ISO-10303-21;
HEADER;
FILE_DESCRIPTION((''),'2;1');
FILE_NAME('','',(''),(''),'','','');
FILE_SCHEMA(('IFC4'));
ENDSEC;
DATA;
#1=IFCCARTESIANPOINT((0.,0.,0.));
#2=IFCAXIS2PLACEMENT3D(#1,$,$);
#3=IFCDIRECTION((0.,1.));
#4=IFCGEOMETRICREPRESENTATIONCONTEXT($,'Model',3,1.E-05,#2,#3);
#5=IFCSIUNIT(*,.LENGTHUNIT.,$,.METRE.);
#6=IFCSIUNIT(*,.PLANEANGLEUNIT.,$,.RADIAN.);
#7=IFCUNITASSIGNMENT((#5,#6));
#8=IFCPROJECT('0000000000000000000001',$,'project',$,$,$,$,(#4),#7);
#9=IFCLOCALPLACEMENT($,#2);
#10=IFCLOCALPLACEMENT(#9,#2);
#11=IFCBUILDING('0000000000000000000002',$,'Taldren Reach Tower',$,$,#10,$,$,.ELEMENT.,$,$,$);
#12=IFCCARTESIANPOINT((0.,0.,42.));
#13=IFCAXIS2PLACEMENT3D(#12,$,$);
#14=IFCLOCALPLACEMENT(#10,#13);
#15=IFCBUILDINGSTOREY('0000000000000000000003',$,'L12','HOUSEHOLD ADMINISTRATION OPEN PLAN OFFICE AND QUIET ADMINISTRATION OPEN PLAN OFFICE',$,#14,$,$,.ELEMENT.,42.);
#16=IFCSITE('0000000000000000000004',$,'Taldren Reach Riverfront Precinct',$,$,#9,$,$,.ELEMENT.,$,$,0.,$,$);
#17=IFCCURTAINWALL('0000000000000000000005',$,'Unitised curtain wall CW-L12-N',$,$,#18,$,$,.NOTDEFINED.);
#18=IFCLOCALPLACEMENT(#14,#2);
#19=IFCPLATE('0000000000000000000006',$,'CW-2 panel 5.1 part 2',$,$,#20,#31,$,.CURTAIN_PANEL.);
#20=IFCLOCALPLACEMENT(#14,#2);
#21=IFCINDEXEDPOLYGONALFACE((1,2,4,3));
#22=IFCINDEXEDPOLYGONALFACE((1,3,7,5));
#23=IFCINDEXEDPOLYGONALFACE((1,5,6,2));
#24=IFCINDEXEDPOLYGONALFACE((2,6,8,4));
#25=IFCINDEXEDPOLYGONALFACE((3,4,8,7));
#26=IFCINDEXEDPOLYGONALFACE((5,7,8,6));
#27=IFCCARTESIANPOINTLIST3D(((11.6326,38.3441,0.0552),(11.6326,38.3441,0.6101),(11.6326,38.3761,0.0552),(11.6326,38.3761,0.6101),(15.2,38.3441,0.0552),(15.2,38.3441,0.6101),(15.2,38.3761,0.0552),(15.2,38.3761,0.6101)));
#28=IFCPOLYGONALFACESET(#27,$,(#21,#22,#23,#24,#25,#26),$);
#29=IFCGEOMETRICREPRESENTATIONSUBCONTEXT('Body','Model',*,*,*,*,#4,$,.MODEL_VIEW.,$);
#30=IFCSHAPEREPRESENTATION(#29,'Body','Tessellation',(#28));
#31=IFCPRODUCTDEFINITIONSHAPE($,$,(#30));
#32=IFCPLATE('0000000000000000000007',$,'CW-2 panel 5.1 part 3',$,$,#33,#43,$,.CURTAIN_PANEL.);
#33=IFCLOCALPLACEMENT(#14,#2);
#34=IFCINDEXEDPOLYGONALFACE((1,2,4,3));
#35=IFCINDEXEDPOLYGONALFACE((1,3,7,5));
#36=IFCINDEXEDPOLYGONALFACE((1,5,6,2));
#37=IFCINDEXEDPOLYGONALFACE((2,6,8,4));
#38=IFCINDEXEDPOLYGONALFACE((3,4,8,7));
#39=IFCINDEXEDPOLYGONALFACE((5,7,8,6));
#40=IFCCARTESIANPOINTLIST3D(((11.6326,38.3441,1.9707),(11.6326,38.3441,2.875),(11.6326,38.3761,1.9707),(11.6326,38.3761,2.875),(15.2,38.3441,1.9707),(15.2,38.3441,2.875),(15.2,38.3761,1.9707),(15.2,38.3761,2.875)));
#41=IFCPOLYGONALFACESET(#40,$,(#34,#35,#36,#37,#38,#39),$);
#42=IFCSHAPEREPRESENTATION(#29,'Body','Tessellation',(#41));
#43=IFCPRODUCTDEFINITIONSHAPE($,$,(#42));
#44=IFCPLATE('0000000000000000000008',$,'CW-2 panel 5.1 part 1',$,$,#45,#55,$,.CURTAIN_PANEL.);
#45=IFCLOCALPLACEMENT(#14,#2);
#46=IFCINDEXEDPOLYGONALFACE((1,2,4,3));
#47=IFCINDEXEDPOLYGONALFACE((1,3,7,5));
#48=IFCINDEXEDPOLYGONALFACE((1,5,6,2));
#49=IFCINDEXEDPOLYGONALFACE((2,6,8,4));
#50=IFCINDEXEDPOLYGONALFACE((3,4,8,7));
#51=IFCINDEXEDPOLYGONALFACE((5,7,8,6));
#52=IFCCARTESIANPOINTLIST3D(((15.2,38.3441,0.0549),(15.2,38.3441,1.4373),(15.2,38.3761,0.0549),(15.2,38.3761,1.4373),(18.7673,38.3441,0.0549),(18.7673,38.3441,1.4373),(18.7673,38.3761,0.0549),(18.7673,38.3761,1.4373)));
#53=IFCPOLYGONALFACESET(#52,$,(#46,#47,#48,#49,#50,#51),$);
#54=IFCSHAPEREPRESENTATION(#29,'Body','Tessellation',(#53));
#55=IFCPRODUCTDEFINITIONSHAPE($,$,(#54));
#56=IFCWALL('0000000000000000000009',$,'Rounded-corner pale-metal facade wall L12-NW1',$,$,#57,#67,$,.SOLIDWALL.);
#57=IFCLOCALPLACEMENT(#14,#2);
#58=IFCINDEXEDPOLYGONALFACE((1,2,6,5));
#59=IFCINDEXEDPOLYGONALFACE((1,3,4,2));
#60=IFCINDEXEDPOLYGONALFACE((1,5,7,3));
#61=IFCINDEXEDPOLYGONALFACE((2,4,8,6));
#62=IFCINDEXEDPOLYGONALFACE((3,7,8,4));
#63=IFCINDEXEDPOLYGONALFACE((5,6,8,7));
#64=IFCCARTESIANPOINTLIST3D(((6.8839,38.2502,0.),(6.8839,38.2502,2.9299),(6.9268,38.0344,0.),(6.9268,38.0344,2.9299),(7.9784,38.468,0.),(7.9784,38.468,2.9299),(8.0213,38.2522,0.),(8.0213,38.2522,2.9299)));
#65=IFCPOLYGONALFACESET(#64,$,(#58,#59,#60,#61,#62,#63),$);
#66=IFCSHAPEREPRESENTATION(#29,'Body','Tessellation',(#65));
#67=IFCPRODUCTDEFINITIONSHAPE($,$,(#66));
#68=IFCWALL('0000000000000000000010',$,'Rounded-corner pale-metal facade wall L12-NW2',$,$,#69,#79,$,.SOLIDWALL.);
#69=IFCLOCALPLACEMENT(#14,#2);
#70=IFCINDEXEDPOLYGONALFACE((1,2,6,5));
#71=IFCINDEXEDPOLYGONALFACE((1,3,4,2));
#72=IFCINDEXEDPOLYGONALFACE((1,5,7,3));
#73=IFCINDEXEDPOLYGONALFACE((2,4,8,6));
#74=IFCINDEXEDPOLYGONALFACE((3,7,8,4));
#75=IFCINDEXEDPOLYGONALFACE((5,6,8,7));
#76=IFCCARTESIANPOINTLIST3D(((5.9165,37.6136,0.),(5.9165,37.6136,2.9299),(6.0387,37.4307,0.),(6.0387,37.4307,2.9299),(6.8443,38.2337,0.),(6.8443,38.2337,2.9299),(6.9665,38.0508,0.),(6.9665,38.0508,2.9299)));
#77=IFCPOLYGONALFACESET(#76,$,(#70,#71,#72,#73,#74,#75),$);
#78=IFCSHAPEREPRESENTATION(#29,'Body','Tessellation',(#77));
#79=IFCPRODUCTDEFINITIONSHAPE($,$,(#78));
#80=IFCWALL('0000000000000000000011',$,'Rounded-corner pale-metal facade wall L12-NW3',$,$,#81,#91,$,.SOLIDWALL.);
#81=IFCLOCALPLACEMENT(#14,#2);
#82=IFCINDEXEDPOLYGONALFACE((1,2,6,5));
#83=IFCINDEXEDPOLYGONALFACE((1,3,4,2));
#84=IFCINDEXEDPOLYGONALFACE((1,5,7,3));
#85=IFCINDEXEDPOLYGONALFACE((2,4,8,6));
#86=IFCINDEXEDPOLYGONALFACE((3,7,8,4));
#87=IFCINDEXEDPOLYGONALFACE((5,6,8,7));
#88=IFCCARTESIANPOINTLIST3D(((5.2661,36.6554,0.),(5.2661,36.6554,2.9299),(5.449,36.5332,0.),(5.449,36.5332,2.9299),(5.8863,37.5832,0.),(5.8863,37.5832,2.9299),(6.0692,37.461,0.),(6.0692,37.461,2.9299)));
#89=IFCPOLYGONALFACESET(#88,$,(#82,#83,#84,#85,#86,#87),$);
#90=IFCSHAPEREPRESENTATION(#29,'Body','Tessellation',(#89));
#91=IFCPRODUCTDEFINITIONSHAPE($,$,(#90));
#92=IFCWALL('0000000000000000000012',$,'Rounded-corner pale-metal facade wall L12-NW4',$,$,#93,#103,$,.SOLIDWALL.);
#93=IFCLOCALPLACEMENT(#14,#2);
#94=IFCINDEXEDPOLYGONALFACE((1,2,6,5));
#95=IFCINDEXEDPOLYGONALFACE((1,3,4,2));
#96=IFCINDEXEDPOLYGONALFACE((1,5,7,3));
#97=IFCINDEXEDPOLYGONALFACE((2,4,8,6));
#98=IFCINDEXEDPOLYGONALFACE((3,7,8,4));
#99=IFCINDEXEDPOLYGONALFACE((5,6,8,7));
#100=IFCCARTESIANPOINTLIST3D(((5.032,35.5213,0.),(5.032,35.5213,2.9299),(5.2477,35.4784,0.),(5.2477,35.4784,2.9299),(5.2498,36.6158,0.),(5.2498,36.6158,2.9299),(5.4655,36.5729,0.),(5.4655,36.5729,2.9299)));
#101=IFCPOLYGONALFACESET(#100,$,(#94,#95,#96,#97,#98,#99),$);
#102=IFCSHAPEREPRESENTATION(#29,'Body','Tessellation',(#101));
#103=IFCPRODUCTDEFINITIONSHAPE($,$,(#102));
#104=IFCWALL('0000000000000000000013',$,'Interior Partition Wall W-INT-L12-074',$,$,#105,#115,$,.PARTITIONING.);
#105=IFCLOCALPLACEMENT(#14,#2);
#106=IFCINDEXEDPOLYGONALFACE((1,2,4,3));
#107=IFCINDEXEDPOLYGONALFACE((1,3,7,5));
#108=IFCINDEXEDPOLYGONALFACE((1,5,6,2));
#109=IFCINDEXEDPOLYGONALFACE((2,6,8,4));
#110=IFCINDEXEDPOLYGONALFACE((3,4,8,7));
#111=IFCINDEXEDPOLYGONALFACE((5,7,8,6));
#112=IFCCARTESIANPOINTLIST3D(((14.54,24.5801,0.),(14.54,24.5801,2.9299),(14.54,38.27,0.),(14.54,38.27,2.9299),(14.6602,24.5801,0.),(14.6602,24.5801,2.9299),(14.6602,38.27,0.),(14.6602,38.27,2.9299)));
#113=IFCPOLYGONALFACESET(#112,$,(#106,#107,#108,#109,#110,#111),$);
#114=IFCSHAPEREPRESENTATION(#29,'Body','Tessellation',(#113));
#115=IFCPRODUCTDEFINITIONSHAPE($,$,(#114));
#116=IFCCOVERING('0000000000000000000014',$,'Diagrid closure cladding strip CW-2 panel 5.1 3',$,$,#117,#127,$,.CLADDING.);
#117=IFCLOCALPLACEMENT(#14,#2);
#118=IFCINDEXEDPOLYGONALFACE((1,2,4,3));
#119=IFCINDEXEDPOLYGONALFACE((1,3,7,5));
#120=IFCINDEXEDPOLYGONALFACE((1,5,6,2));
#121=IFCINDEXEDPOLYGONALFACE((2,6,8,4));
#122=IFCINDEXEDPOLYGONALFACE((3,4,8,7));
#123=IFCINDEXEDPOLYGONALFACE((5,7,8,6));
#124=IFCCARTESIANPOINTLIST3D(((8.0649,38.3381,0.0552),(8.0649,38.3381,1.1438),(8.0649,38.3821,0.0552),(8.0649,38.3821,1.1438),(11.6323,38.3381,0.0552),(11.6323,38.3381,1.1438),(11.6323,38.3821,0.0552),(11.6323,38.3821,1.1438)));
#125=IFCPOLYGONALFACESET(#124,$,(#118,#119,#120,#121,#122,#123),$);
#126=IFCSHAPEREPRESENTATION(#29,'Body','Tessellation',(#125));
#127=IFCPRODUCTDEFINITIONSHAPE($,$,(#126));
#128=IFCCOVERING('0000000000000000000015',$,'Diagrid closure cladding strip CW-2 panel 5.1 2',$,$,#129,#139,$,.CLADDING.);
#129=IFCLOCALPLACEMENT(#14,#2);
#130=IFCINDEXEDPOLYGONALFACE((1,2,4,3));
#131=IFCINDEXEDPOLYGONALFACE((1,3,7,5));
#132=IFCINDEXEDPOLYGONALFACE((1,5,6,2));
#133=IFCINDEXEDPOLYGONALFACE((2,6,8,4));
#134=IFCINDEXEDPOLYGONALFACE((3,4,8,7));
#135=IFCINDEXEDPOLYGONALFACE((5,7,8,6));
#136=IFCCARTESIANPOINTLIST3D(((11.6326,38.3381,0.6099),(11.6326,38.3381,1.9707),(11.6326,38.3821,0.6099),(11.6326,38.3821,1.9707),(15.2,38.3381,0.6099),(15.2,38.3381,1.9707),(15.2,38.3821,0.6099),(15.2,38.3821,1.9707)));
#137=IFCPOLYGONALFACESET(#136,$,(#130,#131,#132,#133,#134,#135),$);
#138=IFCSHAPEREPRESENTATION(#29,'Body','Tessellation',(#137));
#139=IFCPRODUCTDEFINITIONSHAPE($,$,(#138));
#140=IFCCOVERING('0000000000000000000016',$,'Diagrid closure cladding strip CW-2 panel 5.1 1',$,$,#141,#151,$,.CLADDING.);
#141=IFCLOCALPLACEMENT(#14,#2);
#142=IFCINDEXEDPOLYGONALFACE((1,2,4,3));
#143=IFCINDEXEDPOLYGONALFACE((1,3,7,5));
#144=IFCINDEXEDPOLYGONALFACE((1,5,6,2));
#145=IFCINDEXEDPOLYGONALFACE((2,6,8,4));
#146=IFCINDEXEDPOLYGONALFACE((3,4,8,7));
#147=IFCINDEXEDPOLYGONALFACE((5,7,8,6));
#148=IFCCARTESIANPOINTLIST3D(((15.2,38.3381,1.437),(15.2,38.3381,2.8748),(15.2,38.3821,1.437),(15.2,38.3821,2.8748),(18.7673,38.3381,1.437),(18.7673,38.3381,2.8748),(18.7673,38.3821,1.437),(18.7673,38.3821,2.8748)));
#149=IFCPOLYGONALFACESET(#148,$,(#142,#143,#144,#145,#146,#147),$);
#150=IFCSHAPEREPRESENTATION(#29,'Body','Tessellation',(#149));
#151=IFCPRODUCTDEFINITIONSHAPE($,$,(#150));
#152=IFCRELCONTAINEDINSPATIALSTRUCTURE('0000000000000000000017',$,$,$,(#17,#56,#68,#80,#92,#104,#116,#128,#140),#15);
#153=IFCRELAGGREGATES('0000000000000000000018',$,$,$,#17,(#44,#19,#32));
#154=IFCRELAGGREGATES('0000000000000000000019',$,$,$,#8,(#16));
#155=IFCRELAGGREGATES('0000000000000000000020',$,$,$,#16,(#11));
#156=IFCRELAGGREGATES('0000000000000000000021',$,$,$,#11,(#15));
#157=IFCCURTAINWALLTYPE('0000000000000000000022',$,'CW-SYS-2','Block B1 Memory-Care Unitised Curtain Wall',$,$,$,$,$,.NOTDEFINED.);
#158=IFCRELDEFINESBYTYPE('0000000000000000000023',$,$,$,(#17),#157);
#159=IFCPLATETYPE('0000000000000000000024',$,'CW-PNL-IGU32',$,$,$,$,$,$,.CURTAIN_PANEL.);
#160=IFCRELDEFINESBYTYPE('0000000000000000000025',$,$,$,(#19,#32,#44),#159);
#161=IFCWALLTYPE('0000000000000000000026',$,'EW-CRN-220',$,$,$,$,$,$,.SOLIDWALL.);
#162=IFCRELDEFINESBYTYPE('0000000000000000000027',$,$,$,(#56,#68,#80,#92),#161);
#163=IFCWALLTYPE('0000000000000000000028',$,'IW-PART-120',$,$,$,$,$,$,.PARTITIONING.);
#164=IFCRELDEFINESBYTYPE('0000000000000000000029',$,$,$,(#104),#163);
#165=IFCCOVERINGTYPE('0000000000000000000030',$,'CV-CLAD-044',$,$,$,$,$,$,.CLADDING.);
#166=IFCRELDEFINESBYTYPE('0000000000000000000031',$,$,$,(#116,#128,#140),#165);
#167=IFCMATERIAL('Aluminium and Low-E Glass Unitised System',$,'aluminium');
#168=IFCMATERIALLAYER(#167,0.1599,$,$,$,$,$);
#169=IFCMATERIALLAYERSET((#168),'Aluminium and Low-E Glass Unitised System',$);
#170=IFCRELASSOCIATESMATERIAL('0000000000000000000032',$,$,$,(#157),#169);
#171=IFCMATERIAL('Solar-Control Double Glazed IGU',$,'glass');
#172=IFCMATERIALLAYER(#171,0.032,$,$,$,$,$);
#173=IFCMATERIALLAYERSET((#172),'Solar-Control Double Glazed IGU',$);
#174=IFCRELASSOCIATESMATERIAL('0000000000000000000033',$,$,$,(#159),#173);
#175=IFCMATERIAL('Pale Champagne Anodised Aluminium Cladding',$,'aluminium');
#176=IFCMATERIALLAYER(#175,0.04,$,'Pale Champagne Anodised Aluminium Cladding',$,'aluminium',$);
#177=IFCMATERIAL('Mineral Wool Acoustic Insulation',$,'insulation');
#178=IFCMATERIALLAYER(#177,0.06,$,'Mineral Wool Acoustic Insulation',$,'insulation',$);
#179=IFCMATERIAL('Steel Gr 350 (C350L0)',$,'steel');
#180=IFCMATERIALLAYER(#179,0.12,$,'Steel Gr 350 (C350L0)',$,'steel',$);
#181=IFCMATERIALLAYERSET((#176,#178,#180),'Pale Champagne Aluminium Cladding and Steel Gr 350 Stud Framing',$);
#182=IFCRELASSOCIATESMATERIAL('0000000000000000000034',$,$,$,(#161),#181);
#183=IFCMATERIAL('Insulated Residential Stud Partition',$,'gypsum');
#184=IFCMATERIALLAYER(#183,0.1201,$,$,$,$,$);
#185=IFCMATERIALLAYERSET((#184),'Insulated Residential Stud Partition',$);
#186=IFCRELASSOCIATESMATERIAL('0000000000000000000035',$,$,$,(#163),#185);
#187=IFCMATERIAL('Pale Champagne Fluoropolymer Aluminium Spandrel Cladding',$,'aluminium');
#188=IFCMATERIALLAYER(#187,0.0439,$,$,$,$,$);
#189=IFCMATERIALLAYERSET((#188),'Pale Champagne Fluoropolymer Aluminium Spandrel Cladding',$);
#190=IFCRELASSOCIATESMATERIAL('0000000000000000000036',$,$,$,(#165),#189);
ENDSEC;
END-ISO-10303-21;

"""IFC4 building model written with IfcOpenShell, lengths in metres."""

from ifc_helpers import new_model, si_unit, direction, frame, frame_2d, origin, origin_2d, place, context, subcontext, project, spatial, rectangle, extrude, source, transform, mapped, material, layer, layer_set, type_object, element, aggregate, save


model = new_model("IFC4")

# Units and contexts
model_context = context("Model", 3, precision=1e-05, world=origin(), true_north=direction((0.0, 1.0)))
body_context = subcontext(model_context, "Body", "Model", "MODEL_VIEW")
ifc_project = project(units=[si_unit("LENGTHUNIT", "METRE"), si_unit("PLANEANGLEUNIT", "RADIAN")], contexts=[model_context])

# Site, building, storey
site_placement = place(None, origin())
site = spatial("IfcSite", under=ifc_project, at=site_placement, Name="Taldren Reach Riverfront Precinct", CompositionType="ELEMENT", RefElevation=0.0)
building_placement = place(site_placement, origin())
building = spatial("IfcBuilding", under=site, at=building_placement, Name="Taldren Reach Tower", CompositionType="ELEMENT")
storey_placement = place(building_placement, frame((0.0, 0.0, 42.0)))
storey = spatial("IfcBuildingStorey", under=building, at=storey_placement, Name="L12", Description="HOUSEHOLD ADMINISTRATION OPEN PLAN OFFICE AND QUIET ADMINISTRATION OPEN PLAN OFFICE", CompositionType="ELEMENT", Elevation=42.0)

# Shared definitions
ifc_material_1 = material(Name="Steel Gr 350 (C350L0)", Category="steel")

# Curtain wall
ifc_material_2 = material(Name="Aluminium and Low-E Glass Unitised System", Category="aluminium")
ifc_layer_1 = layer(ifc_material_2, 0.1599)
ifc_layer_set_1 = layer_set([ifc_layer_1], Name="Aluminium and Low-E Glass Unitised System")
curtain_wall_type = type_object("IfcCurtainWallType", Name="CW-SYS-2", Description="Block B1 Memory-Care Unitised Curtain Wall", PredefinedType="NOTDEFINED", material=ifc_layer_set_1)
curtain_wall_1_placement = place(storey_placement, origin())
curtain_wall_1 = element("IfcCurtainWall", 1, at=curtain_wall_1_placement, inside=storey, type_object=curtain_wall_type, Name="Unitised curtain wall CW-L12-N", PredefinedType="NOTDEFINED")

# Plates
ifc_material_3 = material(Name="Solar-Control Double Glazed IGU", Category="glass")
ifc_layer_2 = layer(ifc_material_3, 0.032)
ifc_layer_set_2 = layer_set([ifc_layer_2], Name="Solar-Control Double Glazed IGU")
plate_type_1 = type_object("IfcPlateType", Name="CW-PNL-IGU32", PredefinedType="CURTAIN_PANEL", material=ifc_layer_set_2)
shared_shape_1 = source(origin(), body_context, "Body", "SweptSolid", [
    extrude(rectangle(XDim=3.5674, YDim=0.032, at=origin_2d()), origin(), (0.0, 0.0, 1.0), 0.5549),
])
plate_1_placement = place(storey_placement, frame((13.4163, 38.3601, 0.0552), z_axis=(0.0, 0.0, 1.0), x_axis=(-1.0, 0.0, 0.0)))
plate_1 = element("IfcPlate", 2, at=plate_1_placement, type_object=plate_type_1, Name="CW-2 panel 5.1 part 2", PredefinedType="CURTAIN_PANEL", context=body_context, shape_type="MappedRepresentation", body=[
    mapped(shared_shape_1, transform((0.0, 0.0, 0.0), scale=1.0)),
])
shared_shape_2 = source(origin(), body_context, "Body", "SweptSolid", [
    extrude(rectangle(XDim=3.5674, YDim=0.032, at=origin_2d()), origin(), (0.0, 0.0, 1.0), 0.9043),
])
plate_2_placement = place(storey_placement, frame((13.4163, 38.3601, 1.9707), z_axis=(0.0, 0.0, 1.0), x_axis=(-1.0, 0.0, 0.0)))
plate_2 = element("IfcPlate", 3, at=plate_2_placement, type_object=plate_type_1, Name="CW-2 panel 5.1 part 3", PredefinedType="CURTAIN_PANEL", context=body_context, shape_type="MappedRepresentation", body=[
    mapped(shared_shape_2, transform((0.0, 0.0, 0.0), scale=1.0)),
])
shared_shape_3 = source(origin(), body_context, "Body", "SweptSolid", [
    extrude(rectangle(XDim=3.5674, YDim=0.032, at=origin_2d()), origin(), (0.0, 0.0, 1.0), 1.3823),
])
plate_3_placement = place(storey_placement, frame((16.9836, 38.3601, 0.0549), z_axis=(0.0, 0.0, 1.0), x_axis=(-1.0, 0.0, 0.0)))
plate_3 = element("IfcPlate", 4, at=plate_3_placement, type_object=plate_type_1, Name="CW-2 panel 5.1 part 1", PredefinedType="CURTAIN_PANEL", context=body_context, shape_type="MappedRepresentation", body=[
    mapped(shared_shape_3, transform((0.0, 0.0, 0.0), scale=1.0)),
])
aggregate(curtain_wall_1, [plate_3, plate_1, plate_2])

# Walls
ifc_material_4 = material(Name="Pale Champagne Anodised Aluminium Cladding", Category="aluminium")
ifc_layer_3 = layer(ifc_material_4, 0.04, Name="Pale Champagne Anodised Aluminium Cladding", Category="aluminium")
ifc_material_5 = material(Name="Mineral Wool Acoustic Insulation", Category="insulation")
ifc_layer_4 = layer(ifc_material_5, 0.06, Name="Mineral Wool Acoustic Insulation", Category="insulation")
ifc_layer_5 = layer(ifc_material_1, 0.12, Name="Steel Gr 350 (C350L0)", Category="steel")
ifc_layer_set_3 = layer_set([ifc_layer_3, ifc_layer_4, ifc_layer_5], Name="Pale Champagne Aluminium Cladding and Steel Gr 350 Stud Framing")
wall_type_1 = type_object("IfcWallType", Name="EW-CRN-220", PredefinedType="SOLIDWALL", material=ifc_layer_set_3)
shared_shape_4 = source(origin(), body_context, "Body", "SweptSolid", [
    extrude(rectangle(XDim=1.116, YDim=0.22, at=frame_2d((0.5581, 0.0))), origin(), (0.0, 0.0, 1.0), 2.9299),
])
for number, where, z_axis, x_axis, name in (
    (5, (8.0, 38.3601, 0.0), (0.0, 0.0, 1.0), (-0.980774, -0.195148, 0.0), "Rounded-corner pale-metal facade wall L12-NW1"),
    (6, (6.9055, 38.1423, 0.0), (0.0, 0.0, 1.0), (-0.831377, -0.55571, 0.0), "Rounded-corner pale-metal facade wall L12-NW2"),
    (7, (5.9778, 37.5222, 0.0), (0.0, 0.0, 1.0), (-0.55571, -0.831377, 0.0), "Rounded-corner pale-metal facade wall L12-NW3"),
    (8, (5.3577, 36.5945, 0.0), (0.0, 0.0, 1.0), (-0.195148, -0.980774, 0.0), "Rounded-corner pale-metal facade wall L12-NW4"),
):
    element("IfcWall", number, at=place(storey_placement, frame(where, z_axis=z_axis, x_axis=x_axis)), inside=storey, type_object=wall_type_1, Name=name, PredefinedType="SOLIDWALL", context=body_context, shape_type="MappedRepresentation", body=[
        mapped(shared_shape_4, transform((0.0, 0.0, 0.0), scale=1.0)),
    ])
ifc_material_6 = material(Name="Insulated Residential Stud Partition", Category="gypsum")
ifc_layer_6 = layer(ifc_material_6, 0.1201)
ifc_layer_set_4 = layer_set([ifc_layer_6], Name="Insulated Residential Stud Partition")
wall_type_2 = type_object("IfcWallType", Name="IW-PART-120", PredefinedType="PARTITIONING", material=ifc_layer_set_4)
shared_shape_5 = source(origin(), body_context, "Body", "SweptSolid", [
    extrude(rectangle(XDim=13.6899, YDim=0.1201, at=frame_2d((6.845, 0.0))), origin(), (0.0, 0.0, 1.0), 2.9299),
])
wall_placement = place(storey_placement, frame((14.6001, 38.27, 0.0), z_axis=(0.0, 0.0, 1.0), x_axis=(0.0, -1.0, 0.0)))
element("IfcWall", 9, at=wall_placement, inside=storey, type_object=wall_type_2, Name="Interior Partition Wall W-INT-L12-074", PredefinedType="PARTITIONING", context=body_context, shape_type="MappedRepresentation", body=[
    mapped(shared_shape_5, transform((0.0, 0.0, 0.0), scale=1.0)),
])

# Coverings
ifc_material_7 = material(Name="Pale Champagne Fluoropolymer Aluminium Spandrel Cladding", Category="aluminium")
ifc_layer_7 = layer(ifc_material_7, 0.0439)
ifc_layer_set_5 = layer_set([ifc_layer_7], Name="Pale Champagne Fluoropolymer Aluminium Spandrel Cladding")
covering_type = type_object("IfcCoveringType", Name="CV-CLAD-044", PredefinedType="CLADDING", material=ifc_layer_set_5)
shared_shape_6 = source(origin(), body_context, "Body", "SweptSolid", [
    extrude(rectangle(XDim=3.5674, YDim=0.0439, at=origin_2d()), origin(), (0.0, 0.0, 1.0), 1.0886),
])
covering_1_placement = place(storey_placement, frame((9.8486, 38.3601, 0.0552), z_axis=(0.0, 0.0, 1.0), x_axis=(-1.0, 0.0, 0.0)))
element("IfcCovering", 10, at=covering_1_placement, inside=storey, type_object=covering_type, Name="Diagrid closure cladding strip CW-2 panel 5.1 3", PredefinedType="CLADDING", context=body_context, shape_type="MappedRepresentation", body=[
    mapped(shared_shape_6, transform((0.0, 0.0, 0.0), scale=1.0)),
])
shared_shape_7 = source(origin(), body_context, "Body", "SweptSolid", [
    extrude(rectangle(XDim=3.5674, YDim=0.0439, at=origin_2d()), origin(), (0.0, 0.0, 1.0), 1.3608),
])
covering_2_placement = place(storey_placement, frame((13.4163, 38.3601, 0.6099), z_axis=(0.0, 0.0, 1.0), x_axis=(-1.0, 0.0, 0.0)))
element("IfcCovering", 11, at=covering_2_placement, inside=storey, type_object=covering_type, Name="Diagrid closure cladding strip CW-2 panel 5.1 2", PredefinedType="CLADDING", context=body_context, shape_type="MappedRepresentation", body=[
    mapped(shared_shape_7, transform((0.0, 0.0, 0.0), scale=1.0)),
])
shared_shape_8 = source(origin(), body_context, "Body", "SweptSolid", [
    extrude(rectangle(XDim=3.5674, YDim=0.0439, at=origin_2d()), origin(), (0.0, 0.0, 1.0), 1.4377),
])
covering_3_placement = place(storey_placement, frame((16.9836, 38.3601, 1.437), z_axis=(0.0, 0.0, 1.0), x_axis=(-1.0, 0.0, 0.0)))
element("IfcCovering", 12, at=covering_3_placement, inside=storey, type_object=covering_type, Name="Diagrid closure cladding strip CW-2 panel 5.1 1", PredefinedType="CLADDING", context=body_context, shape_type="MappedRepresentation", body=[
    mapped(shared_shape_8, transform((0.0, 0.0, 0.0), scale=1.0)),
])

save(model, "model.ifc")
